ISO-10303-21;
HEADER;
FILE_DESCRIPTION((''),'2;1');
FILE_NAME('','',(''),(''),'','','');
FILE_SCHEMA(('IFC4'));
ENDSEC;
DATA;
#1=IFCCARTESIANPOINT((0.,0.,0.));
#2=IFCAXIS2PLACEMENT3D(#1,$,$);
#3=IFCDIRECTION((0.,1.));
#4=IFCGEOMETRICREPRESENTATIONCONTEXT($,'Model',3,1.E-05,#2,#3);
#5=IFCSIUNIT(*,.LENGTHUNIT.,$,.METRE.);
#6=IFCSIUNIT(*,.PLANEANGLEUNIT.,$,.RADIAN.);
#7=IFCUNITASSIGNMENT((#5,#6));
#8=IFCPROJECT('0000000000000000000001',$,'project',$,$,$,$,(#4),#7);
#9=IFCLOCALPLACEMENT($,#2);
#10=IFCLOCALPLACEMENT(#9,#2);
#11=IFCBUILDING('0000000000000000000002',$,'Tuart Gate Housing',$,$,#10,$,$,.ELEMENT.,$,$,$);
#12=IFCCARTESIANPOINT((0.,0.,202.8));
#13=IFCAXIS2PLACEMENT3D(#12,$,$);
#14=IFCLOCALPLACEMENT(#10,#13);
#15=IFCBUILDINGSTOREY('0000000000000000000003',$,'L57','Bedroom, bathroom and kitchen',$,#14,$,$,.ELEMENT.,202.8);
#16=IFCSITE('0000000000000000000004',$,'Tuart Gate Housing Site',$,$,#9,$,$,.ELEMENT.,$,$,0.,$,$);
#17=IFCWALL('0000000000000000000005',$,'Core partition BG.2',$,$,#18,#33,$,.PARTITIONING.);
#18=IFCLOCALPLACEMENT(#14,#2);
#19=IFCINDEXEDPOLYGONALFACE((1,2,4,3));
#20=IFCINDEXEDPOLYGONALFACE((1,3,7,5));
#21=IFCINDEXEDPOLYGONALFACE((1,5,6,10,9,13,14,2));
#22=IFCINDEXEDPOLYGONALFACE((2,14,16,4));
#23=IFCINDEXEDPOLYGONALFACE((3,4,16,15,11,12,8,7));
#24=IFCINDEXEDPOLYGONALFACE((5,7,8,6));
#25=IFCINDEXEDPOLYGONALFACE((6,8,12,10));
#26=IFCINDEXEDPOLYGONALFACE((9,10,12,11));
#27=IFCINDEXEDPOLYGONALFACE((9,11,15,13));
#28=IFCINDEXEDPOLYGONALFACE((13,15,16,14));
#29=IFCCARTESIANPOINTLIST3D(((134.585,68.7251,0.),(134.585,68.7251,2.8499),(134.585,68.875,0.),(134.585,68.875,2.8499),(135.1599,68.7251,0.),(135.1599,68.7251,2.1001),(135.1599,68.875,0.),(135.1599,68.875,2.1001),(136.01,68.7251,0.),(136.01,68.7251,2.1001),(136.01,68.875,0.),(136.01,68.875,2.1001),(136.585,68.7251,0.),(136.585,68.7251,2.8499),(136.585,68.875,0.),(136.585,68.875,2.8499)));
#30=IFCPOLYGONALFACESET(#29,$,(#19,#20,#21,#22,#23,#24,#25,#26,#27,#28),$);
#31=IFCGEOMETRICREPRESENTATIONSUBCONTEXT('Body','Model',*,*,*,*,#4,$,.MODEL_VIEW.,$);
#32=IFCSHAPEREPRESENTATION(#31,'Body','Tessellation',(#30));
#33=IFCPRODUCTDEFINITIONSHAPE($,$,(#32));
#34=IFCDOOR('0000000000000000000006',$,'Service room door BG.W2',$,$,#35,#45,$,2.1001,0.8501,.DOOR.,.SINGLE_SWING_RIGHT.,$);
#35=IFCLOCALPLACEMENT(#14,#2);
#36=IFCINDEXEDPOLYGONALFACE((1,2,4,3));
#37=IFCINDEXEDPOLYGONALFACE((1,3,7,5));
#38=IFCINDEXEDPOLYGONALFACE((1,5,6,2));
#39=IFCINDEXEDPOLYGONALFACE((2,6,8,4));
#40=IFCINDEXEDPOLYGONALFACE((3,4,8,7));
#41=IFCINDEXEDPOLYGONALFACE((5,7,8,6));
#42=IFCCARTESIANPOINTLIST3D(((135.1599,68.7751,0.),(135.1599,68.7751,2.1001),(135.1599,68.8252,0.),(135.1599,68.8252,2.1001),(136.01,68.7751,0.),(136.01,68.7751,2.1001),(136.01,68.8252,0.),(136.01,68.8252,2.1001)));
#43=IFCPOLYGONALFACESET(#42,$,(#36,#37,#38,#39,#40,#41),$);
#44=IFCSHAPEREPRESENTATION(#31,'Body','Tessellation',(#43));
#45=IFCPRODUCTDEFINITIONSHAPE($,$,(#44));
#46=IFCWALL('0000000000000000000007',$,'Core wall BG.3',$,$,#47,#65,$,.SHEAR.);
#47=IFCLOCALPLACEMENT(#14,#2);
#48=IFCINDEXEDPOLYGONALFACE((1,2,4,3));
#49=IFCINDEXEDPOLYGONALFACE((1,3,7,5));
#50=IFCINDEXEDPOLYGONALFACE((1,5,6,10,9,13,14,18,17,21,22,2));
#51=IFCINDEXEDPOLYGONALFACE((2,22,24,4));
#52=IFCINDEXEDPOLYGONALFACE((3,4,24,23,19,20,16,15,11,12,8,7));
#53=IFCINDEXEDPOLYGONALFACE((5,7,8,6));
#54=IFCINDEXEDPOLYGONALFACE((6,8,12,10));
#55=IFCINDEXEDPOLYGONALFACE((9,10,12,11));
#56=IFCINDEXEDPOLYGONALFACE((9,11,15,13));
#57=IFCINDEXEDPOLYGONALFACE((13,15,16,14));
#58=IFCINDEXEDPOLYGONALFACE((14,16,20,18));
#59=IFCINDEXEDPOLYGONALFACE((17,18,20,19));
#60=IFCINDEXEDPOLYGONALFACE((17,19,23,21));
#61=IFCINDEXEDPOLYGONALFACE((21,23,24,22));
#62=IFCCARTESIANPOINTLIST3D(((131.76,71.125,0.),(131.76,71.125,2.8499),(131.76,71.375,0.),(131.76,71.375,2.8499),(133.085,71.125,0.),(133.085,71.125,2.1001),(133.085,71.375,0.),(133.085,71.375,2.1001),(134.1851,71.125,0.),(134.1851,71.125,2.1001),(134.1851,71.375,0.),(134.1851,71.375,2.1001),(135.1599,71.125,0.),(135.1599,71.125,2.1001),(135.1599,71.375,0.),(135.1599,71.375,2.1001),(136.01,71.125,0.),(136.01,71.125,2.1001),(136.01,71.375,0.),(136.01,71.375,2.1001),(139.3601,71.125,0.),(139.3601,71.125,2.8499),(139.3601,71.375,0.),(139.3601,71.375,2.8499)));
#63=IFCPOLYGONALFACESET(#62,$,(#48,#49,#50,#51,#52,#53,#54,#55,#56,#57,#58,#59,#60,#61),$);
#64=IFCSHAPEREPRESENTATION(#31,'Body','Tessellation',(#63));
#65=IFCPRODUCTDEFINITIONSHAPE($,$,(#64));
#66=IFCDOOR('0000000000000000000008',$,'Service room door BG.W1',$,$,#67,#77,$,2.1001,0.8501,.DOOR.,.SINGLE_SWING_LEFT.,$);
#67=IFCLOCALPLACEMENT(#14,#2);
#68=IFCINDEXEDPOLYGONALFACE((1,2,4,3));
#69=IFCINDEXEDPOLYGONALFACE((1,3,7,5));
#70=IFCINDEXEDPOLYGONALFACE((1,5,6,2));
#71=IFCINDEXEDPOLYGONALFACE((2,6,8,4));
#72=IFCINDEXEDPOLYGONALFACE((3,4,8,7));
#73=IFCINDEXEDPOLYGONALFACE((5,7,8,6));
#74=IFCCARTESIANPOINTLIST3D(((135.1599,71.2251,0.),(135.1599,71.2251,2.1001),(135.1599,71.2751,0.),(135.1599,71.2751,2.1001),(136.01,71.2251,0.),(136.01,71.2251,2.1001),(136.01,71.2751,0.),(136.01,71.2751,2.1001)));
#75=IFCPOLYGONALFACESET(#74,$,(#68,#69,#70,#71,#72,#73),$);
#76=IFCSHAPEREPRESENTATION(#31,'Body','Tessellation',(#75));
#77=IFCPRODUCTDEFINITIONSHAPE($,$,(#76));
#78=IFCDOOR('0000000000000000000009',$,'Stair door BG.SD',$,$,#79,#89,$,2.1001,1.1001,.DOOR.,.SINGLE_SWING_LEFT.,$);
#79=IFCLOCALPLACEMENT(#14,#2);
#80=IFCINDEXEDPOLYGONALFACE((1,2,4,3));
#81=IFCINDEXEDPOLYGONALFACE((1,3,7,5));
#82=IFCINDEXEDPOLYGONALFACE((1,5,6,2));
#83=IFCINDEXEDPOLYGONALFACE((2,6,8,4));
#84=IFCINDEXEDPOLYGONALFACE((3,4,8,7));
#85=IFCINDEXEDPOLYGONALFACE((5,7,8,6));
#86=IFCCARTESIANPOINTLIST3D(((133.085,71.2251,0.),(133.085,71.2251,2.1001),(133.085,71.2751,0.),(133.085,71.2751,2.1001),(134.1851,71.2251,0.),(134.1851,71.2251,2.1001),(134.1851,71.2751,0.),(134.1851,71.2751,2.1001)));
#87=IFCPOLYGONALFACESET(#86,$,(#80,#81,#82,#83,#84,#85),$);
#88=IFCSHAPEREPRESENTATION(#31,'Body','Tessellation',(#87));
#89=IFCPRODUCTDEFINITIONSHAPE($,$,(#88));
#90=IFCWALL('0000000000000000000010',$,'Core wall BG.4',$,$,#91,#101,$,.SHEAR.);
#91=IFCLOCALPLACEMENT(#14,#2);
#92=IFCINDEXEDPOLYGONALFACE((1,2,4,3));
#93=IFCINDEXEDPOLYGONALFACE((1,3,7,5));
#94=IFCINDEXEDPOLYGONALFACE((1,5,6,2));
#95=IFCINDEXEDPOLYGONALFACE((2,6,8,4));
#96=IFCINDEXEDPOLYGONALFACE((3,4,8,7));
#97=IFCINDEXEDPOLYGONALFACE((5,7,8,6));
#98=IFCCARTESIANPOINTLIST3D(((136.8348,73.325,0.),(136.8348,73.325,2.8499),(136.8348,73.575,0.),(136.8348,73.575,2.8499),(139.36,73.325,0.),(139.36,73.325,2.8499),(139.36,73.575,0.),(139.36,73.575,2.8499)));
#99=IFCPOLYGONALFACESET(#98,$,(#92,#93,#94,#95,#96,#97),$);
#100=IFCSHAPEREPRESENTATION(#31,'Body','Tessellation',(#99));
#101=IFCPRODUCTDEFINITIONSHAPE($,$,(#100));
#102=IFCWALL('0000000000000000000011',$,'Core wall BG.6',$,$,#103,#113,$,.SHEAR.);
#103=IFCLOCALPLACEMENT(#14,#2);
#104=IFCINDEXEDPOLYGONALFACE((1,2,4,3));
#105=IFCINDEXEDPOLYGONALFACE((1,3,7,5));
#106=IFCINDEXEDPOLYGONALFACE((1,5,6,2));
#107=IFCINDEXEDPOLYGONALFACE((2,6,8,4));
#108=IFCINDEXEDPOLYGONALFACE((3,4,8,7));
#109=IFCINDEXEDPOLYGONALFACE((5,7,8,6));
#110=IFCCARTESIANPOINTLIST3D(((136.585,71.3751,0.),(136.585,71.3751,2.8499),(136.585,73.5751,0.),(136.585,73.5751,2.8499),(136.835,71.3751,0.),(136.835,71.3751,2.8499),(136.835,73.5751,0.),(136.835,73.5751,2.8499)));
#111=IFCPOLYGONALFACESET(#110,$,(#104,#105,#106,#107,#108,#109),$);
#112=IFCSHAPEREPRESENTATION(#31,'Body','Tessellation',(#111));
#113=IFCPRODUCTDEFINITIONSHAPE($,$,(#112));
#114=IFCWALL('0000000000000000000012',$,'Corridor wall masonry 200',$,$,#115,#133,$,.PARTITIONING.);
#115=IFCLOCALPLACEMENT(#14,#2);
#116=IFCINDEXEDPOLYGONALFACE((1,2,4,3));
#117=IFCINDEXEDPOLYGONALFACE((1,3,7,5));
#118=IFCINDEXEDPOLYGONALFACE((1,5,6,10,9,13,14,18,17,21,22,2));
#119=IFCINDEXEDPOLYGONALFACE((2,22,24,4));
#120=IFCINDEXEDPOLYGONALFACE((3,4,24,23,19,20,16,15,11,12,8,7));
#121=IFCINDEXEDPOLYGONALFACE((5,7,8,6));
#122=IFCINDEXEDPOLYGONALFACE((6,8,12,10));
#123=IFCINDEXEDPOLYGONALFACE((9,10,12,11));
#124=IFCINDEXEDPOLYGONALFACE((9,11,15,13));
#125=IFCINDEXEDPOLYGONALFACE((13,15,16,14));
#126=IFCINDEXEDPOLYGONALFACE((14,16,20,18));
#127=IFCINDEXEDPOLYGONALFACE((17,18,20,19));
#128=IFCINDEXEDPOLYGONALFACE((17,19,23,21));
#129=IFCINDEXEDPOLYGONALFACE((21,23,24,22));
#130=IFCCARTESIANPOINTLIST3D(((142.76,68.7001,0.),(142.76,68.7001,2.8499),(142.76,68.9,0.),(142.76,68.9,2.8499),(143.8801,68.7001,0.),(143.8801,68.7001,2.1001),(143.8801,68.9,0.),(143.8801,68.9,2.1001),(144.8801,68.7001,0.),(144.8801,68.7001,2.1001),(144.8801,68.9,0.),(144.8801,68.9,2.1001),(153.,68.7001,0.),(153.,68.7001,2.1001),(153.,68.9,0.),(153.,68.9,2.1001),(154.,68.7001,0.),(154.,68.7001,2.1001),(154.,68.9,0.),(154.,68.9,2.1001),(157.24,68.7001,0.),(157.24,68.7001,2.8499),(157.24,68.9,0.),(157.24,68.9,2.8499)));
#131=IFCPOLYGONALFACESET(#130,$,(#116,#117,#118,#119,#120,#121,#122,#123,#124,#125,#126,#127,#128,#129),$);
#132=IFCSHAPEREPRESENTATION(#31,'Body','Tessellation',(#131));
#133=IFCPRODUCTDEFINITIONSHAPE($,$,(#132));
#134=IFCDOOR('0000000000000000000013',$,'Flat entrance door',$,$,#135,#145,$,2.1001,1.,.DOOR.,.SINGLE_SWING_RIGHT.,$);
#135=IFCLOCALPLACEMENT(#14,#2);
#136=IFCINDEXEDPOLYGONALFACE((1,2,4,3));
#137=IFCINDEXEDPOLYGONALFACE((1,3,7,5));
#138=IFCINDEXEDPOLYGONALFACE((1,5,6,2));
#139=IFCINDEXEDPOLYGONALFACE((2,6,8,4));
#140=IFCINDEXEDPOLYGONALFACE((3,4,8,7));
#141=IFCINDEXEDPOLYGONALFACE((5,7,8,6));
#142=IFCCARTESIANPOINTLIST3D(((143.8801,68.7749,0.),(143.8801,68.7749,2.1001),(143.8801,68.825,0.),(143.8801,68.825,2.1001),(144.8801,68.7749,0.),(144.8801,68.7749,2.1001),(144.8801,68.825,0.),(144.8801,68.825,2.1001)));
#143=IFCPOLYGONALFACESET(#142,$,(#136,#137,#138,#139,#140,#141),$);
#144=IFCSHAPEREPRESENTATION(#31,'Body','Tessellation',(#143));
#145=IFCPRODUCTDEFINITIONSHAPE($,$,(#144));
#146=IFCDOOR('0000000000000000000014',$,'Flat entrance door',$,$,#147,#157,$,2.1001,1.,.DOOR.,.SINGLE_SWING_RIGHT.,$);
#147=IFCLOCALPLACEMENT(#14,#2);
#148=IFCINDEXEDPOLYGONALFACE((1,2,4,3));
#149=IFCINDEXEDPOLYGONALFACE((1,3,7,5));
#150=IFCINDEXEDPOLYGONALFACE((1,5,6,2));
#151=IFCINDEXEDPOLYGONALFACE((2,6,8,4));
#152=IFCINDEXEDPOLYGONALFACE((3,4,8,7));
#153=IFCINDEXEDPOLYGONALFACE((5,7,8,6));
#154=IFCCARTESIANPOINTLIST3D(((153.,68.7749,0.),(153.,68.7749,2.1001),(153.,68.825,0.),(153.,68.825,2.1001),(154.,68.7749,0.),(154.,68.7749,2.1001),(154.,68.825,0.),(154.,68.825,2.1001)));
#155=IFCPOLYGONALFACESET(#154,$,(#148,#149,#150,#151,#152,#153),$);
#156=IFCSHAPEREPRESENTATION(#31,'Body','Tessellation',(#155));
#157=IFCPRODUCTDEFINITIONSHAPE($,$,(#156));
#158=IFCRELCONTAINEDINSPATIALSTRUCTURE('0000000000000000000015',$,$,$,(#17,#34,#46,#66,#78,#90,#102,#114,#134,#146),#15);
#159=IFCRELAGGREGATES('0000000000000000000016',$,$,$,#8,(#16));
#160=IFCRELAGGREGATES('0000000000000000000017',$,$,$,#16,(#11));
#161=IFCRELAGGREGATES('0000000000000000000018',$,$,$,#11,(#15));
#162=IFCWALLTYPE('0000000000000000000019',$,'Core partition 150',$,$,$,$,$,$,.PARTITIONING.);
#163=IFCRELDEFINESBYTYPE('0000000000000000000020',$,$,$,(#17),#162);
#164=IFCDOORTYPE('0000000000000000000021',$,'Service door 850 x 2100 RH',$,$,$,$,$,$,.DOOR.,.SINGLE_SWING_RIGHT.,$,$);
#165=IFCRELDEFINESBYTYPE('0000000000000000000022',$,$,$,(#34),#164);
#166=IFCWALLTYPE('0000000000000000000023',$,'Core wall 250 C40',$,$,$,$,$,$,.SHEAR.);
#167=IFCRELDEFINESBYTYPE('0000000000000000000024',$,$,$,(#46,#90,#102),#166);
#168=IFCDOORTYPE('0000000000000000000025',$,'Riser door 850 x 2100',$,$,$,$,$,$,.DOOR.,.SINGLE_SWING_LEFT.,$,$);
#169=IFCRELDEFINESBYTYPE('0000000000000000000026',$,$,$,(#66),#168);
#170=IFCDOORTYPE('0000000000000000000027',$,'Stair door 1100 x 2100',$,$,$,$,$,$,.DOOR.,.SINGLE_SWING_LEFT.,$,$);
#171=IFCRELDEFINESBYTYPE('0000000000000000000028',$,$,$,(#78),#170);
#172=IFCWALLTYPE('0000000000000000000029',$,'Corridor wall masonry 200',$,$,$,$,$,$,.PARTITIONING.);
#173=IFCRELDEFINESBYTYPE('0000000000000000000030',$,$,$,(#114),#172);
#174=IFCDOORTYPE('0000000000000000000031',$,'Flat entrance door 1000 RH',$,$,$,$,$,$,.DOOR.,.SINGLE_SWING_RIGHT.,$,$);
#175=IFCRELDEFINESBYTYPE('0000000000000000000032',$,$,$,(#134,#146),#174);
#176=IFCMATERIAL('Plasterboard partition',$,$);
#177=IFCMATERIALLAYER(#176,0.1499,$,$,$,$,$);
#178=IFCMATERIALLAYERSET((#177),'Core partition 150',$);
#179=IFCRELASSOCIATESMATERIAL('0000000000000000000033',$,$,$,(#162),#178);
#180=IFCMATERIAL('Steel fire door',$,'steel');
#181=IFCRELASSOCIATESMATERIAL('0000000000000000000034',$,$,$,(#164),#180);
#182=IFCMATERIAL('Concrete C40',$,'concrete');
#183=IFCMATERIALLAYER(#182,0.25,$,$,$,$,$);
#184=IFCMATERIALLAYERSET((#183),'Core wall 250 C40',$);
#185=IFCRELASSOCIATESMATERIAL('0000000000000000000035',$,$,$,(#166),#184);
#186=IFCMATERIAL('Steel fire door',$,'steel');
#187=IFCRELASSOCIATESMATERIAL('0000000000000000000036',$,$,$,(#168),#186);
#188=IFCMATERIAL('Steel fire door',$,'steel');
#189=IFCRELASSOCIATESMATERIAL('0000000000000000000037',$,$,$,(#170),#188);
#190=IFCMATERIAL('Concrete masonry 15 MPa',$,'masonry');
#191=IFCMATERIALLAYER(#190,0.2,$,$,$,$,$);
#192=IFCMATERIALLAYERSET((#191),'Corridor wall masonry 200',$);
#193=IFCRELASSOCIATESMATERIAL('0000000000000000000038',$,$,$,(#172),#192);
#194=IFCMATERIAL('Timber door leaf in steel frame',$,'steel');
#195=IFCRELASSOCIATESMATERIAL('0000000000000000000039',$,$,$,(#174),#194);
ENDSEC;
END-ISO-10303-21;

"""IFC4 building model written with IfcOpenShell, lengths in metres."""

from ifc_helpers import new_model, si_unit, direction, frame, frame_2d, origin, place, context, subcontext, project, spatial, rectangle, extrude, material, layer, layer_set, type_object, element, fill, save


model = new_model("IFC4")

# Units and contexts
model_context = context("Model", 3, precision=1e-05, world=origin(), true_north=direction((0.0, 1.0)))
body_context = subcontext(model_context, "Body", "Model", "MODEL_VIEW")
ifc_project = project(units=[si_unit("LENGTHUNIT", "METRE"), si_unit("PLANEANGLEUNIT", "RADIAN")], contexts=[model_context])

# Site, building, storey
site_placement = place(None, origin())
site = spatial("IfcSite", under=ifc_project, at=site_placement, Name="Tuart Gate Housing Site", CompositionType="ELEMENT", RefElevation=0.0)
building_placement = place(site_placement, origin())
building = spatial("IfcBuilding", under=site, at=building_placement, Name="Tuart Gate Housing", CompositionType="ELEMENT")
storey_placement = place(building_placement, frame((0.0, 0.0, 202.8)))
storey = spatial("IfcBuildingStorey", under=building, at=storey_placement, Name="L57", Description="Bedroom, bathroom and kitchen", CompositionType="ELEMENT", Elevation=202.8)

# Wall, opening, door
ifc_material_1 = material(Name="Plasterboard partition")
ifc_layer_1 = layer(ifc_material_1, 0.1499)
ifc_layer_set_1 = layer_set([ifc_layer_1], Name="Core partition 150")
wall_type_1 = type_object("IfcWallType", Name="Core partition 150", PredefinedType="PARTITIONING", material=ifc_layer_set_1)
wall_1_placement = place(storey_placement, frame((136.585, 68.8, 0.0), z_axis=(0.0, 0.0, 1.0), x_axis=(-1.0, 0.0, 0.0)))
wall_1 = element("IfcWall", 1, at=wall_1_placement, inside=storey, type_object=wall_type_1, Name="Core partition BG.2", PredefinedType="PARTITIONING", context=body_context, shape_type="SweptSolid", body=[
    extrude(rectangle(XDim=2.0, YDim=0.1499, at=frame_2d((1.0, 0.0))), origin(), (0.0, 0.0, 1.0), 2.8499),
])
opening_1_placement = place(wall_1_placement, frame((0.575, 0.0, 0.0)))
opening_1 = element("IfcOpeningElement", 2, at=opening_1_placement, cuts=wall_1, PredefinedType="OPENING", context=body_context, shape_type="SweptSolid", body=[
    extrude(rectangle(XDim=0.8501, YDim=2.1001, at=frame_2d((0.425, 1.05))), frame((0.0, 0.085, 0.0), z_axis=(0.0, -1.0, 0.0), x_axis=(1.0, 0.0, 0.0)), (0.0, 0.0, 1.0), 0.1699),
])
ifc_material_2 = material(Name="Steel fire door", Category="steel")
door_type_1 = type_object("IfcDoorType", Name="Service door 850 x 2100 RH", OperationType="SINGLE_SWING_RIGHT", PredefinedType="DOOR", material=ifc_material_2)
door_1_placement = place(opening_1_placement, frame((0.8501, 0.0, 0.0), z_axis=(0.0, 0.0, 1.0), x_axis=(-1.0, 0.0, 0.0)))
door_1 = element("IfcDoor", 3, at=door_1_placement, inside=storey, type_object=door_type_1, Name="Service room door BG.W2", OperationType="SINGLE_SWING_RIGHT", OverallHeight=2.1001, OverallWidth=0.8501, PredefinedType="DOOR", context=body_context, shape_type="SweptSolid", body=[
    extrude(rectangle(XDim=0.8501, YDim=2.1001, at=frame_2d((0.425, 1.05))), frame((0.0, 0.0251, 0.0), z_axis=(0.0, -1.0, 0.0), x_axis=(1.0, 0.0, 0.0)), (0.0, 0.0, 1.0), 0.05),
])
fill(opening_1, door_1)

# Wall, openings, doors
ifc_material_3 = material(Name="Concrete C40", Category="concrete")
ifc_layer_2 = layer(ifc_material_3, 0.25)
ifc_layer_set_2 = layer_set([ifc_layer_2], Name="Core wall 250 C40")
wall_type_2 = type_object("IfcWallType", Name="Core wall 250 C40", PredefinedType="SHEAR", material=ifc_layer_set_2)
wall_2_placement = place(storey_placement, frame((139.3601, 71.25, 0.0), z_axis=(0.0, 0.0, 1.0), x_axis=(-1.0, 0.0, 0.0)))
wall_2 = element("IfcWall", 4, at=wall_2_placement, inside=storey, type_object=wall_type_2, Name="Core wall BG.3", PredefinedType="SHEAR", context=body_context, shape_type="SweptSolid", body=[
    extrude(rectangle(XDim=7.6001, YDim=0.25, at=frame_2d((3.8, 0.0))), origin(), (0.0, 0.0, 1.0), 2.8499),
])
opening_2_placement = place(wall_2_placement, frame((5.175, 0.0, 0.0)))
opening_2 = element("IfcOpeningElement", 5, at=opening_2_placement, cuts=wall_2, PredefinedType="OPENING", context=body_context, shape_type="SweptSolid", body=[
    extrude(rectangle(XDim=1.1001, YDim=2.1001, at=frame_2d((0.55, 1.05))), frame((0.0, 0.135, 0.0), z_axis=(0.0, -1.0, 0.0), x_axis=(1.0, 0.0, 0.0)), (0.0, 0.0, 1.0), 0.27),
])
opening_3_placement = place(wall_2_placement, frame((3.3501, 0.0, 0.0)))
opening_3 = element("IfcOpeningElement", 6, at=opening_3_placement, cuts=wall_2, PredefinedType="OPENING", context=body_context, shape_type="SweptSolid", body=[
    extrude(rectangle(XDim=0.8501, YDim=2.1001, at=frame_2d((0.425, 1.05))), frame((0.0, 0.135, 0.0), z_axis=(0.0, -1.0, 0.0), x_axis=(1.0, 0.0, 0.0)), (0.0, 0.0, 1.0), 0.27),
])
ifc_material_4 = material(Name="Steel fire door", Category="steel")
door_type_2 = type_object("IfcDoorType", Name="Riser door 850 x 2100", OperationType="SINGLE_SWING_LEFT", PredefinedType="DOOR", material=ifc_material_4)
door_2_placement = place(opening_3_placement, origin())
door_2 = element("IfcDoor", 7, at=door_2_placement, inside=storey, type_object=door_type_2, Name="Service room door BG.W1", OperationType="SINGLE_SWING_LEFT", OverallHeight=2.1001, OverallWidth=0.8501, PredefinedType="DOOR", context=body_context, shape_type="SweptSolid", body=[
    extrude(rectangle(XDim=0.8501, YDim=2.1001, at=frame_2d((0.425, 1.05))), frame((0.0, 0.0249, 0.0), z_axis=(0.0, -1.0, 0.0), x_axis=(1.0, 0.0, 0.0)), (0.0, 0.0, 1.0), 0.05),
])
fill(opening_3, door_2)
ifc_material_5 = material(Name="Steel fire door", Category="steel")
door_type_3 = type_object("IfcDoorType", Name="Stair door 1100 x 2100", OperationType="SINGLE_SWING_LEFT", PredefinedType="DOOR", material=ifc_material_5)
door_3_placement = place(opening_2_placement, origin())
door_3 = element("IfcDoor", 8, at=door_3_placement, inside=storey, type_object=door_type_3, Name="Stair door BG.SD", OperationType="SINGLE_SWING_LEFT", OverallHeight=2.1001, OverallWidth=1.1001, PredefinedType="DOOR", context=body_context, shape_type="SweptSolid", body=[
    extrude(rectangle(XDim=1.1001, YDim=2.1001, at=frame_2d((0.55, 1.05))), frame((0.0, 0.0249, 0.0), z_axis=(0.0, -1.0, 0.0), x_axis=(1.0, 0.0, 0.0)), (0.0, 0.0, 1.0), 0.05),
])
fill(opening_2, door_3)

# Walls
wall_3_placement = place(storey_placement, frame((139.3601, 73.45, 0.0), z_axis=(0.0, 0.0, 1.0), x_axis=(-1.0, 0.0, 0.0)))
element("IfcWall", 9, at=wall_3_placement, inside=storey, type_object=wall_type_2, Name="Core wall BG.4", PredefinedType="SHEAR", context=body_context, shape_type="SweptSolid", body=[
    extrude(rectangle(XDim=2.5251, YDim=0.25, at=frame_2d((1.2627, 0.0))), origin(), (0.0, 0.0, 1.0), 2.8499),
])
wall_4_placement = place(storey_placement, frame((136.71, 71.375, 0.0), z_axis=(0.0, 0.0, 1.0), x_axis=(0.0, 1.0, 0.0)))
element("IfcWall", 10, at=wall_4_placement, inside=storey, type_object=wall_type_2, Name="Core wall BG.6", PredefinedType="SHEAR", context=body_context, shape_type="SweptSolid", body=[
    extrude(rectangle(XDim=2.2, YDim=0.25, at=frame_2d((1.1001, 0.0))), origin(), (0.0, 0.0, 1.0), 2.8499),
])

# Wall, openings, doors
ifc_material_6 = material(Name="Concrete masonry 15 MPa", Category="masonry")
ifc_layer_3 = layer(ifc_material_6, 0.2)
ifc_layer_set_3 = layer_set([ifc_layer_3], Name="Corridor wall masonry 200")
wall_type_3 = type_object("IfcWallType", Name="Corridor wall masonry 200", PredefinedType="PARTITIONING", material=ifc_layer_set_3)
wall_5_placement = place(storey_placement, frame((142.76, 68.8, 0.0), z_axis=(0.0, 0.0, 1.0), x_axis=(1.0, 0.0, 0.0)))
wall_5 = element("IfcWall", 11, at=wall_5_placement, inside=storey, type_object=wall_type_3, Name="Corridor wall masonry 200", PredefinedType="PARTITIONING", context=body_context, shape_type="SweptSolid", body=[
    extrude(rectangle(XDim=14.48, YDim=0.2, at=frame_2d((7.24, 0.0))), origin(), (0.0, 0.0, 1.0), 2.8499),
])
opening_4_placement = place(wall_5_placement, frame((1.1201, 0.0, 0.0)))
opening_4 = element("IfcOpeningElement", 12, at=opening_4_placement, cuts=wall_5, PredefinedType="OPENING", context=body_context, shape_type="SweptSolid", body=[
    extrude(rectangle(XDim=1.0, YDim=2.1001, at=frame_2d((0.5, 1.05))), frame((0.0, 0.1099, 0.0), z_axis=(0.0, -1.0, 0.0), x_axis=(1.0, 0.0, 0.0)), (0.0, 0.0, 1.0), 0.22),
])
opening_5_placement = place(wall_5_placement, frame((10.24, 0.0, 0.0)))
opening_5 = element("IfcOpeningElement", 13, at=opening_5_placement, cuts=wall_5, PredefinedType="OPENING", context=body_context, shape_type="SweptSolid", body=[
    extrude(rectangle(XDim=1.0, YDim=2.1001, at=frame_2d((0.5, 1.05))), frame((0.0, 0.1099, 0.0), z_axis=(0.0, -1.0, 0.0), x_axis=(1.0, 0.0, 0.0)), (0.0, 0.0, 1.0), 0.22),
])
ifc_material_7 = material(Name="Timber door leaf in steel frame", Category="steel")
door_type_4 = type_object("IfcDoorType", Name="Flat entrance door 1000 RH", OperationType="SINGLE_SWING_RIGHT", PredefinedType="DOOR", material=ifc_material_7)
door_4_placement = place(opening_4_placement, frame((1.0, 0.0, 0.0), z_axis=(0.0, 0.0, 1.0), x_axis=(-1.0, 0.0, 0.0)))
door_4 = element("IfcDoor", 14, at=door_4_placement, inside=storey, type_object=door_type_4, Name="Flat entrance door", OperationType="SINGLE_SWING_RIGHT", OverallHeight=2.1001, OverallWidth=1.0, PredefinedType="DOOR", context=body_context, shape_type="SweptSolid", body=[
    extrude(rectangle(XDim=1.0, YDim=2.1001, at=frame_2d((0.5, 1.05))), frame((0.0, 0.0251, 0.0), z_axis=(0.0, -1.0, 0.0), x_axis=(1.0, 0.0, 0.0)), (0.0, 0.0, 1.0), 0.05),
])
fill(opening_4, door_4)
door_5_placement = place(opening_5_placement, frame((1.0, 0.0, 0.0), z_axis=(0.0, 0.0, 1.0), x_axis=(-1.0, 0.0, 0.0)))
door_5 = element("IfcDoor", 15, at=door_5_placement, inside=storey, type_object=door_type_4, Name="Flat entrance door", OperationType="SINGLE_SWING_RIGHT", OverallHeight=2.1001, OverallWidth=1.0, PredefinedType="DOOR", context=body_context, shape_type="SweptSolid", body=[
    extrude(rectangle(XDim=1.0, YDim=2.1001, at=frame_2d((0.5, 1.05))), frame((0.0, 0.0251, 0.0), z_axis=(0.0, -1.0, 0.0), x_axis=(1.0, 0.0, 0.0)), (0.0, 0.0, 1.0), 0.05),
])
fill(opening_5, door_5)

save(model, "model.ifc")
